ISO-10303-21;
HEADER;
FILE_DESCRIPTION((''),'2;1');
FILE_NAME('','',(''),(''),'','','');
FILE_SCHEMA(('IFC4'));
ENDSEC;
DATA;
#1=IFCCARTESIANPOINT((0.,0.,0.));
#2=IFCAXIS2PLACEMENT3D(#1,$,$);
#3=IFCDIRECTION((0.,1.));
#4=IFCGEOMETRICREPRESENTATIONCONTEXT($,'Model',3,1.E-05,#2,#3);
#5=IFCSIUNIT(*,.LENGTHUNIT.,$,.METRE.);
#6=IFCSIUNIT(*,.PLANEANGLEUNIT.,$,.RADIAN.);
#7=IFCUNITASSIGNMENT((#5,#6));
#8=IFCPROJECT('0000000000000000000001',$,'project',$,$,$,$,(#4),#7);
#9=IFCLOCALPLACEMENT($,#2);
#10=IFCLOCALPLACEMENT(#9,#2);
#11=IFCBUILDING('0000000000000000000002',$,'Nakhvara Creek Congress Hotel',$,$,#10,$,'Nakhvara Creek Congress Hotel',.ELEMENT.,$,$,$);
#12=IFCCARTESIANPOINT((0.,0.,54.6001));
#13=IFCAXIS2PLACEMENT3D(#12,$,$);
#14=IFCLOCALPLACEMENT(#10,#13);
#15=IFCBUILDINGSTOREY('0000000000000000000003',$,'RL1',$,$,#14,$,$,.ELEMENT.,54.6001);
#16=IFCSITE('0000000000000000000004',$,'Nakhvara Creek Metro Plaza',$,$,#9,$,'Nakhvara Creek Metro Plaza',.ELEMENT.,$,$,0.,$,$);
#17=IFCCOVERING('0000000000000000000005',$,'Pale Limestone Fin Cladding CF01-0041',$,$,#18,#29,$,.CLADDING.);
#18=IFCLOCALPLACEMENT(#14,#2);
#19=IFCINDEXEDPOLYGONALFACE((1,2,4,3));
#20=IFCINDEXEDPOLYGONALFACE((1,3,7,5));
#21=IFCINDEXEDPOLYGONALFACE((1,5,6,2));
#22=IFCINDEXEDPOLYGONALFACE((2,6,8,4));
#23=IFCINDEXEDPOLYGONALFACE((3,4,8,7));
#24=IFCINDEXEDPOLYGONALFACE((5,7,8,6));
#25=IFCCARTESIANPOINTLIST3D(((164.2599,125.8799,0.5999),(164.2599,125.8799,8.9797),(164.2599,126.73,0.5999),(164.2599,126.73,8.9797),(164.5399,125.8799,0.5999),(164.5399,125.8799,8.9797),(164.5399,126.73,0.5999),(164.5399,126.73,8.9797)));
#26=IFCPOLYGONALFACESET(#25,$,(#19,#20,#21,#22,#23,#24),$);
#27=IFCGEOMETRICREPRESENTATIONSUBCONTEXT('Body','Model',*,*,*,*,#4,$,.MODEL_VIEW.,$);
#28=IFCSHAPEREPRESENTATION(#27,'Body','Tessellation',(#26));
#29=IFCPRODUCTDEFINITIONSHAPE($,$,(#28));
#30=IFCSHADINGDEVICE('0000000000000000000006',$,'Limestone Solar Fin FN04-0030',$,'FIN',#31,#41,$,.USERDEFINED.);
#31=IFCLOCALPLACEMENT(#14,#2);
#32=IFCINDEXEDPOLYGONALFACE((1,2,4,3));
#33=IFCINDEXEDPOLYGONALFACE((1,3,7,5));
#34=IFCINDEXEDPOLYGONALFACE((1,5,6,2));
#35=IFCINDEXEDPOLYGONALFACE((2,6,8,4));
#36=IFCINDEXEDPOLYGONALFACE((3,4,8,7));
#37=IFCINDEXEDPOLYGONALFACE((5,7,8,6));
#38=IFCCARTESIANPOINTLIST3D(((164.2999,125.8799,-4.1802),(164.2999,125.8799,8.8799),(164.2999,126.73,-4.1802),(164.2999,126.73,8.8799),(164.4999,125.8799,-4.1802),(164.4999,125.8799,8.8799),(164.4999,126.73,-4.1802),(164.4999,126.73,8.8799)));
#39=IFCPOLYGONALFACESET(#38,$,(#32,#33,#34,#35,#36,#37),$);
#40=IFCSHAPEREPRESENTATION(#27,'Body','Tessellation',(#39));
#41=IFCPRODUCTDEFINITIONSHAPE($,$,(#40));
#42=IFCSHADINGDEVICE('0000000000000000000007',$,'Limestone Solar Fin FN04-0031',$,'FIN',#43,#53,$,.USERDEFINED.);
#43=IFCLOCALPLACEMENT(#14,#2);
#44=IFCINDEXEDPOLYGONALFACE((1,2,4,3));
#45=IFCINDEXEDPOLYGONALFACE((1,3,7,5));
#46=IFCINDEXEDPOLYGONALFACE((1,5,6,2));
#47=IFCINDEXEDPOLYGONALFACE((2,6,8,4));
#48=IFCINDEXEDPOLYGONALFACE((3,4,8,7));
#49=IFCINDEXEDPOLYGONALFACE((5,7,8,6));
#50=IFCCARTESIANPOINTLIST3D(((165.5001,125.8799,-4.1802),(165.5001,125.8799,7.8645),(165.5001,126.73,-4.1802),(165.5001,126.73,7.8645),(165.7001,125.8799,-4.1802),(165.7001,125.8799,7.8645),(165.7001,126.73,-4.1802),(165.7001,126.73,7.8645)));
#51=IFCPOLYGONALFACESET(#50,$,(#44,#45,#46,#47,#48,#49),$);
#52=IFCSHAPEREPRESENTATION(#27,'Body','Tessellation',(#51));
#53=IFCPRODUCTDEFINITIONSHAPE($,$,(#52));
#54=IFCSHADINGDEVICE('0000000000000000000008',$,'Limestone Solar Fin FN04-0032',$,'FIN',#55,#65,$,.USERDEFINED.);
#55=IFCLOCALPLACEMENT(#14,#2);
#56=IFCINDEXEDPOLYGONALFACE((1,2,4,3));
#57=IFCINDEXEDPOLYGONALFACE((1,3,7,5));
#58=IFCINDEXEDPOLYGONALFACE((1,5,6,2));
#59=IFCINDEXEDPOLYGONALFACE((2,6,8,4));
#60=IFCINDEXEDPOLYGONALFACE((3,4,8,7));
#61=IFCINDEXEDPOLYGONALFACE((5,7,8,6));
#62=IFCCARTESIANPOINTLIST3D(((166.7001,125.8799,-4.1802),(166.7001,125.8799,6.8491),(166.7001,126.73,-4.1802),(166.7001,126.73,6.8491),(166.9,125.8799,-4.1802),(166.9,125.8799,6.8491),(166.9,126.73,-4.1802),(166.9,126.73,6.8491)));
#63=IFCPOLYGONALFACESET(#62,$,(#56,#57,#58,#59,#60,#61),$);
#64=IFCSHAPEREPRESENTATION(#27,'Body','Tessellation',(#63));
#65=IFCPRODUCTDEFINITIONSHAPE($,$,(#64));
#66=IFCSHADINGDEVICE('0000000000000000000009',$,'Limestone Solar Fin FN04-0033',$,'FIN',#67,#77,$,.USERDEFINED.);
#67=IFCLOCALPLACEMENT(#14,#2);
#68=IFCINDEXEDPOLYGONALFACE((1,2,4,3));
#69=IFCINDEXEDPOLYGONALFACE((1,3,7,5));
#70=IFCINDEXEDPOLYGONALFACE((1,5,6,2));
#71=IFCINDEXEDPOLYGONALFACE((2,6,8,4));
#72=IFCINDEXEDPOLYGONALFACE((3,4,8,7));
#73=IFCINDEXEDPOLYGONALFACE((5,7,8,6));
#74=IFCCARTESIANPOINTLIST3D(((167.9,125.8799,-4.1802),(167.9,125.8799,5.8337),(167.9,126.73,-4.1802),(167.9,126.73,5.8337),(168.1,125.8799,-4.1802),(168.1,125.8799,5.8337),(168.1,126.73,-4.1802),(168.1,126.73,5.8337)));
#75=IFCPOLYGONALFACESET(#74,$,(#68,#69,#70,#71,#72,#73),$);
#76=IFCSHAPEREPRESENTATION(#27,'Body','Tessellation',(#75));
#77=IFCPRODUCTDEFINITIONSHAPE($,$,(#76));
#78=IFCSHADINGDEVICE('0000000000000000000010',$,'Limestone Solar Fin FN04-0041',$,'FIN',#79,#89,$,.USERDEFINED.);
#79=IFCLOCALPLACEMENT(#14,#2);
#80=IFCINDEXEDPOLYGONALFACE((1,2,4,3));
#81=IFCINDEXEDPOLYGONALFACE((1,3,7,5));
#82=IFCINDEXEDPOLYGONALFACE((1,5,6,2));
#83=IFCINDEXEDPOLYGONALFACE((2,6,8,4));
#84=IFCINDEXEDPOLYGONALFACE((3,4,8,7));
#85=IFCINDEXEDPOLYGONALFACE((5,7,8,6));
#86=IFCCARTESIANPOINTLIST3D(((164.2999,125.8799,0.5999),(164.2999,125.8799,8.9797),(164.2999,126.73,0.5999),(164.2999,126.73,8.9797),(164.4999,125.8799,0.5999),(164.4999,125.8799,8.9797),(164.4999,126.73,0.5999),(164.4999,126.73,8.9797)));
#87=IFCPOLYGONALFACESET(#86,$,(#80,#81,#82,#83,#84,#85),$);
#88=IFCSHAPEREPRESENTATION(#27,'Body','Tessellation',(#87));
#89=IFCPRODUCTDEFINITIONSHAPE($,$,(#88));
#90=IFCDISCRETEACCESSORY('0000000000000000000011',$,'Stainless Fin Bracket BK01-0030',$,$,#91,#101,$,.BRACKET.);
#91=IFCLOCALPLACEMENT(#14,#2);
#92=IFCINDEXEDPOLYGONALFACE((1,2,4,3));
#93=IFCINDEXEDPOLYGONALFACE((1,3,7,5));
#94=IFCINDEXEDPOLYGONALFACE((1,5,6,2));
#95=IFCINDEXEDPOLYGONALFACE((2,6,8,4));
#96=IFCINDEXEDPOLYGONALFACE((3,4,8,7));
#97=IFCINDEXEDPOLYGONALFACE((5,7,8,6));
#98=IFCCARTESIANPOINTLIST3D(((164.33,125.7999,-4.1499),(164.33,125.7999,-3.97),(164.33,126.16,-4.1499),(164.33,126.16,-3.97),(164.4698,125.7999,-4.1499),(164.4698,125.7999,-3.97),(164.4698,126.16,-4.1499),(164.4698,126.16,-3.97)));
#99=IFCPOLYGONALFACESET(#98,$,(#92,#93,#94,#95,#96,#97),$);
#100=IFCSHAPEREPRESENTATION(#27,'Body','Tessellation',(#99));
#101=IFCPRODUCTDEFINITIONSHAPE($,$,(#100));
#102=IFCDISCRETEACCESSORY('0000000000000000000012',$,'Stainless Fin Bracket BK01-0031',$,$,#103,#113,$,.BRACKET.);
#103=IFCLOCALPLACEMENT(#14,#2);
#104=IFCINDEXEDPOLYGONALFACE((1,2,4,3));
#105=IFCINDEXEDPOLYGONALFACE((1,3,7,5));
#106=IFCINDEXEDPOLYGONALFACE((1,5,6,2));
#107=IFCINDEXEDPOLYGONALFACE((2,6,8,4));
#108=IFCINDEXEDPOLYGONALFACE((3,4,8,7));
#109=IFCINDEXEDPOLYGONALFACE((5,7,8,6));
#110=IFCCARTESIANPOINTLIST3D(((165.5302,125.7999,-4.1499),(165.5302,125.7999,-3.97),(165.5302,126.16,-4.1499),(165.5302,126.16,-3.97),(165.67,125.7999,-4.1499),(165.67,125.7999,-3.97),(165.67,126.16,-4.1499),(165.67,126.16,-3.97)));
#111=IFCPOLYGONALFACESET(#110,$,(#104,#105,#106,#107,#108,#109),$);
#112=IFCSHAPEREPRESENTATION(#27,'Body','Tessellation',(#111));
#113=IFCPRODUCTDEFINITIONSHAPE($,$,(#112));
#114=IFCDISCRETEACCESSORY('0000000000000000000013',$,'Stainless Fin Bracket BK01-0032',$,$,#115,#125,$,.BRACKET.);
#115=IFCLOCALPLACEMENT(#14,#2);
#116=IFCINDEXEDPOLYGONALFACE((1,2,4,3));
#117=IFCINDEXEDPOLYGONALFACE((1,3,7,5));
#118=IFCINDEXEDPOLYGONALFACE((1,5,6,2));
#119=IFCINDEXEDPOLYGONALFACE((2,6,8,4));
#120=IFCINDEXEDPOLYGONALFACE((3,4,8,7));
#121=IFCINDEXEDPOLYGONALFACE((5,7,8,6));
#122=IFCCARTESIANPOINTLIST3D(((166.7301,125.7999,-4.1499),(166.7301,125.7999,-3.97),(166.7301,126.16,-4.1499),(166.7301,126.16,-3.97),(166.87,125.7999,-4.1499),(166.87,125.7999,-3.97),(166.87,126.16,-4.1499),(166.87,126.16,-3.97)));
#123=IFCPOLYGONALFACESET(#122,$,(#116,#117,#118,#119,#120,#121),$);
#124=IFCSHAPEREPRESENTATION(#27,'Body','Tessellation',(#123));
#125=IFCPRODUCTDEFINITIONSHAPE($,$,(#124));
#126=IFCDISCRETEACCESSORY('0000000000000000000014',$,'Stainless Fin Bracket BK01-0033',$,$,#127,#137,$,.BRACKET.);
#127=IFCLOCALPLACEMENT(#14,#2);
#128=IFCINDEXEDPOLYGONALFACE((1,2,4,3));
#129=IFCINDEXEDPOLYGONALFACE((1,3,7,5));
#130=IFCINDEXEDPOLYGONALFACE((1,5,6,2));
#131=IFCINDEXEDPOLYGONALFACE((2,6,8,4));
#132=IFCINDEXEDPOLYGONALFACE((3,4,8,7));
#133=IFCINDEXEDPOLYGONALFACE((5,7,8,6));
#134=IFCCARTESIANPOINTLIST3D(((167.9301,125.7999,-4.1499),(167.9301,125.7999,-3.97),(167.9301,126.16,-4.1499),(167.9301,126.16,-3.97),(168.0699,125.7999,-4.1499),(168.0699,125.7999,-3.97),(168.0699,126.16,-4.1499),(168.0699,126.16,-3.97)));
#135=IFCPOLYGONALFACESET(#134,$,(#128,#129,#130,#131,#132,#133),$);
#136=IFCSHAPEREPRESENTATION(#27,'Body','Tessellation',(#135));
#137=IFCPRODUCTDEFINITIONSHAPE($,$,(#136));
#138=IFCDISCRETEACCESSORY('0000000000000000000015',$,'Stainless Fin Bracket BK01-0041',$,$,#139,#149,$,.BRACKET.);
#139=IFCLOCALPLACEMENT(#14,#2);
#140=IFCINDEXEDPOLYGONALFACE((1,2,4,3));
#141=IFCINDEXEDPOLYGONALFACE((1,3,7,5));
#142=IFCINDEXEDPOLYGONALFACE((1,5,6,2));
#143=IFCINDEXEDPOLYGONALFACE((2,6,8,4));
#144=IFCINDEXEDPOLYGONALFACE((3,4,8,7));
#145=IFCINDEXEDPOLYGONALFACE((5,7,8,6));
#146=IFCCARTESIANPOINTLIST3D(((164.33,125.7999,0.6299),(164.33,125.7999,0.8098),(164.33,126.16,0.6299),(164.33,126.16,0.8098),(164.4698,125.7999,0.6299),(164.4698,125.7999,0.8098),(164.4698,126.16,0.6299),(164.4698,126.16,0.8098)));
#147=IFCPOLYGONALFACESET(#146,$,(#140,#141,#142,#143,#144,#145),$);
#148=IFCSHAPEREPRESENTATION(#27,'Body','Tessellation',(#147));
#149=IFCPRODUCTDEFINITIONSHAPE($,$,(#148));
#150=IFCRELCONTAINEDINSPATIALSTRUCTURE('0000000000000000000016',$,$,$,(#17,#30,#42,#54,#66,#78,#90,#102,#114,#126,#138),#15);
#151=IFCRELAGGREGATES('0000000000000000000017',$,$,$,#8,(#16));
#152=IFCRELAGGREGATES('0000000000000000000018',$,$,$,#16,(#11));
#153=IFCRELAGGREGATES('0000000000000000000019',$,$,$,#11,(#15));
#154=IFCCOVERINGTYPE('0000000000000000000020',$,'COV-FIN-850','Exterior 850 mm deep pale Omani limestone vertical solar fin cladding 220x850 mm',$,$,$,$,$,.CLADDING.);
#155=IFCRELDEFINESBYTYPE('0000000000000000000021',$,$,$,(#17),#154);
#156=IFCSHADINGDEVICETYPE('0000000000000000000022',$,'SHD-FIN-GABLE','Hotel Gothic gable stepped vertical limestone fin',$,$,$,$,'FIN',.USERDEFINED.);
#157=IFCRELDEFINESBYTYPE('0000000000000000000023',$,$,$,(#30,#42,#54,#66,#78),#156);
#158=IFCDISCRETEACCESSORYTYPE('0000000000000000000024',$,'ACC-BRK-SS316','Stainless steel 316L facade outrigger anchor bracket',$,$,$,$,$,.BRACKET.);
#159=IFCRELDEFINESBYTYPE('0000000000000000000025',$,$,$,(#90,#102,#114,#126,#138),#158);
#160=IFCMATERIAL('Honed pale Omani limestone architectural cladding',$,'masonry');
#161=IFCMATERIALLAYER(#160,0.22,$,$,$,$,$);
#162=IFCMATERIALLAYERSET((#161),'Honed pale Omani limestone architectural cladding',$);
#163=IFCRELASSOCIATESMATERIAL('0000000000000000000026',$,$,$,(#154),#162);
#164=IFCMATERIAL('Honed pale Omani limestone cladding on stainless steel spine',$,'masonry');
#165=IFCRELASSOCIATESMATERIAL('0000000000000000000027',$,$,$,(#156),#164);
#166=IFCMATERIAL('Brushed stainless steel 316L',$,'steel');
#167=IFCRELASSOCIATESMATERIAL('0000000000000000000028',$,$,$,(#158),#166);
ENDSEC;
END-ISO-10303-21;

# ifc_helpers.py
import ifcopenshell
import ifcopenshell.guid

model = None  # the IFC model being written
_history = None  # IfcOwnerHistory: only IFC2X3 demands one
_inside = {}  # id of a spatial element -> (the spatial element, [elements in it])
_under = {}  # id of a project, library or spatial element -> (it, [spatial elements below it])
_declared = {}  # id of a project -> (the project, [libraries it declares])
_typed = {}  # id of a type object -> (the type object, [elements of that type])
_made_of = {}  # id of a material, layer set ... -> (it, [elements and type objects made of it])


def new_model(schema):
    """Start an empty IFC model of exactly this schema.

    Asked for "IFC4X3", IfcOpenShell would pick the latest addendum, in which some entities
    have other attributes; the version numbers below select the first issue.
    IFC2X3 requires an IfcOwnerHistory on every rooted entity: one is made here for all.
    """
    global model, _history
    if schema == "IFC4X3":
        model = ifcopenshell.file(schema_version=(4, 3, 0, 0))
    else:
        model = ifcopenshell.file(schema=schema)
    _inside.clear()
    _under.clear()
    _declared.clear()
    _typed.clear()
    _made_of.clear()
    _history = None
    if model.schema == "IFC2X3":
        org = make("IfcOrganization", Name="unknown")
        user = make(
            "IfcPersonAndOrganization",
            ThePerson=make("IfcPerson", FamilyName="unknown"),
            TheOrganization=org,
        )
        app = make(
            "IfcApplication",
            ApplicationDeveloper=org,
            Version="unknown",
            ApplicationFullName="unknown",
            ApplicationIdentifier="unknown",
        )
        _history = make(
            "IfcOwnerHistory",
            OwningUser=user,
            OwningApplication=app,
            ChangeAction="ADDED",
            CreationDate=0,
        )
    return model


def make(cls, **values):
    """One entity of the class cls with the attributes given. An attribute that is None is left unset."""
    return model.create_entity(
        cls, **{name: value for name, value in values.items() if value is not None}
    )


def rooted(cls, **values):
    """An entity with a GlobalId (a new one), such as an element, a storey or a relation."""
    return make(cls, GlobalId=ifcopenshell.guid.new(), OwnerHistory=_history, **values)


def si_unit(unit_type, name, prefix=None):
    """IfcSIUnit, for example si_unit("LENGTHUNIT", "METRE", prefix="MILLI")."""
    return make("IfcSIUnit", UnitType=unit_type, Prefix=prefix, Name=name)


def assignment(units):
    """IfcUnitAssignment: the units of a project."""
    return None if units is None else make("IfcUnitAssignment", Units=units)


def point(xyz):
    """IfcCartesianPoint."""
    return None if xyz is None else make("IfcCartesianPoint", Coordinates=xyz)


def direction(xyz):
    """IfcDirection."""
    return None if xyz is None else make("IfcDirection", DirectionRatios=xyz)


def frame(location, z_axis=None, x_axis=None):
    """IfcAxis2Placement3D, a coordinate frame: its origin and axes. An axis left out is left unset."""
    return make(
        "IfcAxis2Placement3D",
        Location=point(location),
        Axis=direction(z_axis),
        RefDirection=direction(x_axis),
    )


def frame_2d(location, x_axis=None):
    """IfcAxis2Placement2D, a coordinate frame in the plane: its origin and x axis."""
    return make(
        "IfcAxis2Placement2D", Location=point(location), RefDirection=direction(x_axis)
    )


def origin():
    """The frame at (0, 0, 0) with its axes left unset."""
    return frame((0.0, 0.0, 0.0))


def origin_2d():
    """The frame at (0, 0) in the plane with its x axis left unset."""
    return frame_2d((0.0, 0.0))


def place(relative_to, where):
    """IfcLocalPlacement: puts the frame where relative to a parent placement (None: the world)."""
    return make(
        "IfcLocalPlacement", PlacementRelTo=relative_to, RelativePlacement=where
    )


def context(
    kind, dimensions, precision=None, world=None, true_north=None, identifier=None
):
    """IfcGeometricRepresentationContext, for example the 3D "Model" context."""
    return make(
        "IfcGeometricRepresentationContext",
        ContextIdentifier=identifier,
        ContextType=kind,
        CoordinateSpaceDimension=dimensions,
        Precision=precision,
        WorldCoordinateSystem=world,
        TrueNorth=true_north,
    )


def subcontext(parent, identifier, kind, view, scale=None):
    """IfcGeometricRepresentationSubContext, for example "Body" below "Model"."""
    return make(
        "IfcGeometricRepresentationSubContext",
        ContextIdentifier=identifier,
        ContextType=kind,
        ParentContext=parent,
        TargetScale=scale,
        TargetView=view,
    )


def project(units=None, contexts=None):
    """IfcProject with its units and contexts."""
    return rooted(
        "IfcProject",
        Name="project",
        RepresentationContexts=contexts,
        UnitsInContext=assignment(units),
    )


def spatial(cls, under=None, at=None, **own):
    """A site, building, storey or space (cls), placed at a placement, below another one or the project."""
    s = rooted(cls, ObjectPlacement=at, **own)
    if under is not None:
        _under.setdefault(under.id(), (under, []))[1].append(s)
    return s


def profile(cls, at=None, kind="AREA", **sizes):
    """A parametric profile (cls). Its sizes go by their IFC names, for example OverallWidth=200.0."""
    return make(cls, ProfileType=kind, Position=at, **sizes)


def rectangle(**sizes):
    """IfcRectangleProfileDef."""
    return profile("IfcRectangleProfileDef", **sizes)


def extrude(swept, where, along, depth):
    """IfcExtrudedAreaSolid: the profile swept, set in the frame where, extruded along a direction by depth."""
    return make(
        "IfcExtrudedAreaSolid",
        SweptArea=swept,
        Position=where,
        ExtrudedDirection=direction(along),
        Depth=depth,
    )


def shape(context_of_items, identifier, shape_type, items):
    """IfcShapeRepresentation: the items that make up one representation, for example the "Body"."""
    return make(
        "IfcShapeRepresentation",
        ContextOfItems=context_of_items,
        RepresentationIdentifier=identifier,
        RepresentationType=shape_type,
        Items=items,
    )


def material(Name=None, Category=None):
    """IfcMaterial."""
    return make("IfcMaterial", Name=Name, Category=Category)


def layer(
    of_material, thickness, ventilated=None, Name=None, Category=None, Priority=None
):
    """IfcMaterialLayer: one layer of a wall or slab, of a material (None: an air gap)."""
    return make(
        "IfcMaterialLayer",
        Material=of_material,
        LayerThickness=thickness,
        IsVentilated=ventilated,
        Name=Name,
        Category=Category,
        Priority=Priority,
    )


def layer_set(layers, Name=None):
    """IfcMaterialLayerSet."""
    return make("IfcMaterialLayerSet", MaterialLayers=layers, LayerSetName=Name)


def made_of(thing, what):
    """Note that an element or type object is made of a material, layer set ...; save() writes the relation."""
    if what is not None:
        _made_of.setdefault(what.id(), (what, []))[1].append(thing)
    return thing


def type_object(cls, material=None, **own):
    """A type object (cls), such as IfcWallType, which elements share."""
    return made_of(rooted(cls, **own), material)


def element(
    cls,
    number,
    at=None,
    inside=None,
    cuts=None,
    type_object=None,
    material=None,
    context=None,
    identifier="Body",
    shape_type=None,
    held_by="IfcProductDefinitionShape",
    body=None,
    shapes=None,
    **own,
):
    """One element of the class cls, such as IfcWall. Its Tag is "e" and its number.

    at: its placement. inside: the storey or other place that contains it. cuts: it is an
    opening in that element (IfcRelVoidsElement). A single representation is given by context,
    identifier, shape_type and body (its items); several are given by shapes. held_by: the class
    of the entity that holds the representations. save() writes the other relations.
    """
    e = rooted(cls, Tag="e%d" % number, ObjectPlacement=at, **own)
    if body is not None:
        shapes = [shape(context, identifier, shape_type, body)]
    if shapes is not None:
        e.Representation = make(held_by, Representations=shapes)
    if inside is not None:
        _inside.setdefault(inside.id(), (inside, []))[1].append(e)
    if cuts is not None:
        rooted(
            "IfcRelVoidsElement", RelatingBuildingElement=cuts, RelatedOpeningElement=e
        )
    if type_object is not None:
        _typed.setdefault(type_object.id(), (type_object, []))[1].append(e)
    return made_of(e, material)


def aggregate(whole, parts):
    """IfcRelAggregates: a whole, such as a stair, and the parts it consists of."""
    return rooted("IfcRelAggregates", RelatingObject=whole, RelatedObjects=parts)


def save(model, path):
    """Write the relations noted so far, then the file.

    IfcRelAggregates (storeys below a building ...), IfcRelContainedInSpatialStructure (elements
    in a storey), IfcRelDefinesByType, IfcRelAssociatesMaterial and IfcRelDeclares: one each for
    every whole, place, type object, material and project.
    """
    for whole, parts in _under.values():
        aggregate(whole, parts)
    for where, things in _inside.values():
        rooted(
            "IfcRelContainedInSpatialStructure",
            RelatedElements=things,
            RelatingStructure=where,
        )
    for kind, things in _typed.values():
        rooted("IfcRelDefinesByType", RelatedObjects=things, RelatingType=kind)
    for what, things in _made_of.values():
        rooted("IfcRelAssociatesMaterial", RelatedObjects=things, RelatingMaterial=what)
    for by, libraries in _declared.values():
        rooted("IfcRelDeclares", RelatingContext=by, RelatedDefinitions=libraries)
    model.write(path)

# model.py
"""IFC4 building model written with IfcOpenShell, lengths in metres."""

from ifc_helpers import new_model, si_unit, direction, frame, origin, origin_2d, place, context, subcontext, project, spatial, rectangle, extrude, material, layer, layer_set, type_object, element, save


model = new_model("IFC4")

# Units and contexts
model_context = context("Model", 3, precision=1e-05, world=origin(), true_north=direction((0.0, 1.0)))
body_context = subcontext(model_context, "Body", "Model", "MODEL_VIEW")
ifc_project = project(units=[si_unit("LENGTHUNIT", "METRE"), si_unit("PLANEANGLEUNIT", "RADIAN")], contexts=[model_context])

# Site, building, storey
site_placement = place(None, origin())
site = spatial("IfcSite", under=ifc_project, at=site_placement, Name="Nakhvara Creek Metro Plaza", LongName="Nakhvara Creek Metro Plaza", CompositionType="ELEMENT", RefElevation=0.0)
building_placement = place(site_placement, origin())
building = spatial("IfcBuilding", under=site, at=building_placement, Name="Nakhvara Creek Congress Hotel", LongName="Nakhvara Creek Congress Hotel", CompositionType="ELEMENT")
storey_placement = place(building_placement, frame((0.0, 0.0, 54.6001)))
storey = spatial("IfcBuildingStorey", under=building, at=storey_placement, Name="RL1", CompositionType="ELEMENT", Elevation=54.6001)

# Covering
ifc_material_1 = material(Name="Honed pale Omani limestone architectural cladding", Category="masonry")
ifc_layer_1 = layer(ifc_material_1, 0.22)
ifc_layer_set_1 = layer_set([ifc_layer_1], Name="Honed pale Omani limestone architectural cladding")
covering_type = type_object("IfcCoveringType", Name="COV-FIN-850", Description="Exterior 850 mm deep pale Omani limestone vertical solar fin cladding 220x850 mm", PredefinedType="CLADDING", material=ifc_layer_set_1)
covering_1_placement = place(storey_placement, frame((164.3999, 126.3049, 0.5999), z_axis=(0.0, 0.0, 1.0), x_axis=(1.0, 0.0, 0.0)))
element("IfcCovering", 1, at=covering_1_placement, inside=storey, type_object=covering_type, Name="Pale Limestone Fin Cladding CF01-0041", PredefinedType="CLADDING", context=body_context, shape_type="SweptSolid", body=[
    extrude(rectangle(XDim=0.28, YDim=0.8501, at=origin_2d()), origin(), (0.0, 0.0, 1.0), 8.3799),
])

# Shading devices
ifc_material_2 = material(Name="Honed pale Omani limestone cladding on stainless steel spine", Category="masonry")
shading_device_type = type_object("IfcShadingDeviceType", Name="SHD-FIN-GABLE", Description="Hotel Gothic gable stepped vertical limestone fin", ElementType="FIN", PredefinedType="USERDEFINED", material=ifc_material_2)
shading_device_1_placement = place(storey_placement, frame((164.3999, 126.3049, -4.1802), z_axis=(0.0, 0.0, 1.0), x_axis=(1.0, 0.0, 0.0)))
element("IfcShadingDevice", 2, at=shading_device_1_placement, inside=storey, type_object=shading_device_type, Name="Limestone Solar Fin FN04-0030", ObjectType="FIN", PredefinedType="USERDEFINED", context=body_context, shape_type="SweptSolid", body=[
    extrude(rectangle(XDim=0.2, YDim=0.8501, at=origin_2d()), origin(), (0.0, 0.0, 1.0), 13.0601),
])
shading_device_2_placement = place(storey_placement, frame((165.6001, 126.3049, -4.1802), z_axis=(0.0, 0.0, 1.0), x_axis=(1.0, 0.0, 0.0)))
element("IfcShadingDevice", 3, at=shading_device_2_placement, inside=storey, type_object=shading_device_type, Name="Limestone Solar Fin FN04-0031", ObjectType="FIN", PredefinedType="USERDEFINED", context=body_context, shape_type="SweptSolid", body=[
    extrude(rectangle(XDim=0.2, YDim=0.8501, at=origin_2d()), origin(), (0.0, 0.0, 1.0), 12.0447),
])
shading_device_3_placement = place(storey_placement, frame((166.8, 126.3049, -4.1802), z_axis=(0.0, 0.0, 1.0), x_axis=(1.0, 0.0, 0.0)))
element("IfcShadingDevice", 4, at=shading_device_3_placement, inside=storey, type_object=shading_device_type, Name="Limestone Solar Fin FN04-0032", ObjectType="FIN", PredefinedType="USERDEFINED", context=body_context, shape_type="SweptSolid", body=[
    extrude(rectangle(XDim=0.2, YDim=0.8501, at=origin_2d()), origin(), (0.0, 0.0, 1.0), 11.0293),
])
shading_device_4_placement = place(storey_placement, frame((168.0, 126.3049, -4.1802), z_axis=(0.0, 0.0, 1.0), x_axis=(1.0, 0.0, 0.0)))
element("IfcShadingDevice", 5, at=shading_device_4_placement, inside=storey, type_object=shading_device_type, Name="Limestone Solar Fin FN04-0033", ObjectType="FIN", PredefinedType="USERDEFINED", context=body_context, shape_type="SweptSolid", body=[
    extrude(rectangle(XDim=0.2, YDim=0.8501, at=origin_2d()), origin(), (0.0, 0.0, 1.0), 10.0139),
])
shading_device_5_placement = place(storey_placement, frame((164.3999, 126.3049, 0.5999), z_axis=(0.0, 0.0, 1.0), x_axis=(1.0, 0.0, 0.0)))
element("IfcShadingDevice", 6, at=shading_device_5_placement, inside=storey, type_object=shading_device_type, Name="Limestone Solar Fin FN04-0041", ObjectType="FIN", PredefinedType="USERDEFINED", context=body_context, shape_type="SweptSolid", body=[
    extrude(rectangle(XDim=0.2, YDim=0.8501, at=origin_2d()), origin(), (0.0, 0.0, 1.0), 8.3799),
])

# Discrete accessories
ifc_material_3 = material(Name="Brushed stainless steel 316L", Category="steel")
discrete_accessory_type = type_object("IfcDiscreteAccessoryType", Name="ACC-BRK-SS316", Description="Stainless steel 316L facade outrigger anchor bracket", PredefinedType="BRACKET", material=ifc_material_3)
for number, where, z_axis, x_axis, name in (
    (7, (164.3999, 125.98, -4.1499), (0.0, 0.0, 1.0), (1.0, 0.0, 0.0), "Stainless Fin Bracket BK01-0030"),
    (8, (165.6001, 125.98, -4.1499), (0.0, 0.0, 1.0), (1.0, 0.0, 0.0), "Stainless Fin Bracket BK01-0031"),
    (9, (166.8, 125.98, -4.1499), (0.0, 0.0, 1.0), (1.0, 0.0, 0.0), "Stainless Fin Bracket BK01-0032"),
    (10, (168.0, 125.98, -4.1499), (0.0, 0.0, 1.0), (1.0, 0.0, 0.0), "Stainless Fin Bracket BK01-0033"),
    (11, (164.3999, 125.98, 0.6299), (0.0, 0.0, 1.0), (1.0, 0.0, 0.0), "Stainless Fin Bracket BK01-0041"),
):
    element("IfcDiscreteAccessory", number, at=place(storey_placement, frame(where, z_axis=z_axis, x_axis=x_axis)), inside=storey, type_object=discrete_accessory_type, Name=name, PredefinedType="BRACKET", context=body_context, shape_type="SweptSolid", body=[
        extrude(rectangle(XDim=0.1399, YDim=0.3601, at=origin_2d()), origin(), (0.0, 0.0, 1.0), 0.1799),
    ])

save(model, "model.ifc")
